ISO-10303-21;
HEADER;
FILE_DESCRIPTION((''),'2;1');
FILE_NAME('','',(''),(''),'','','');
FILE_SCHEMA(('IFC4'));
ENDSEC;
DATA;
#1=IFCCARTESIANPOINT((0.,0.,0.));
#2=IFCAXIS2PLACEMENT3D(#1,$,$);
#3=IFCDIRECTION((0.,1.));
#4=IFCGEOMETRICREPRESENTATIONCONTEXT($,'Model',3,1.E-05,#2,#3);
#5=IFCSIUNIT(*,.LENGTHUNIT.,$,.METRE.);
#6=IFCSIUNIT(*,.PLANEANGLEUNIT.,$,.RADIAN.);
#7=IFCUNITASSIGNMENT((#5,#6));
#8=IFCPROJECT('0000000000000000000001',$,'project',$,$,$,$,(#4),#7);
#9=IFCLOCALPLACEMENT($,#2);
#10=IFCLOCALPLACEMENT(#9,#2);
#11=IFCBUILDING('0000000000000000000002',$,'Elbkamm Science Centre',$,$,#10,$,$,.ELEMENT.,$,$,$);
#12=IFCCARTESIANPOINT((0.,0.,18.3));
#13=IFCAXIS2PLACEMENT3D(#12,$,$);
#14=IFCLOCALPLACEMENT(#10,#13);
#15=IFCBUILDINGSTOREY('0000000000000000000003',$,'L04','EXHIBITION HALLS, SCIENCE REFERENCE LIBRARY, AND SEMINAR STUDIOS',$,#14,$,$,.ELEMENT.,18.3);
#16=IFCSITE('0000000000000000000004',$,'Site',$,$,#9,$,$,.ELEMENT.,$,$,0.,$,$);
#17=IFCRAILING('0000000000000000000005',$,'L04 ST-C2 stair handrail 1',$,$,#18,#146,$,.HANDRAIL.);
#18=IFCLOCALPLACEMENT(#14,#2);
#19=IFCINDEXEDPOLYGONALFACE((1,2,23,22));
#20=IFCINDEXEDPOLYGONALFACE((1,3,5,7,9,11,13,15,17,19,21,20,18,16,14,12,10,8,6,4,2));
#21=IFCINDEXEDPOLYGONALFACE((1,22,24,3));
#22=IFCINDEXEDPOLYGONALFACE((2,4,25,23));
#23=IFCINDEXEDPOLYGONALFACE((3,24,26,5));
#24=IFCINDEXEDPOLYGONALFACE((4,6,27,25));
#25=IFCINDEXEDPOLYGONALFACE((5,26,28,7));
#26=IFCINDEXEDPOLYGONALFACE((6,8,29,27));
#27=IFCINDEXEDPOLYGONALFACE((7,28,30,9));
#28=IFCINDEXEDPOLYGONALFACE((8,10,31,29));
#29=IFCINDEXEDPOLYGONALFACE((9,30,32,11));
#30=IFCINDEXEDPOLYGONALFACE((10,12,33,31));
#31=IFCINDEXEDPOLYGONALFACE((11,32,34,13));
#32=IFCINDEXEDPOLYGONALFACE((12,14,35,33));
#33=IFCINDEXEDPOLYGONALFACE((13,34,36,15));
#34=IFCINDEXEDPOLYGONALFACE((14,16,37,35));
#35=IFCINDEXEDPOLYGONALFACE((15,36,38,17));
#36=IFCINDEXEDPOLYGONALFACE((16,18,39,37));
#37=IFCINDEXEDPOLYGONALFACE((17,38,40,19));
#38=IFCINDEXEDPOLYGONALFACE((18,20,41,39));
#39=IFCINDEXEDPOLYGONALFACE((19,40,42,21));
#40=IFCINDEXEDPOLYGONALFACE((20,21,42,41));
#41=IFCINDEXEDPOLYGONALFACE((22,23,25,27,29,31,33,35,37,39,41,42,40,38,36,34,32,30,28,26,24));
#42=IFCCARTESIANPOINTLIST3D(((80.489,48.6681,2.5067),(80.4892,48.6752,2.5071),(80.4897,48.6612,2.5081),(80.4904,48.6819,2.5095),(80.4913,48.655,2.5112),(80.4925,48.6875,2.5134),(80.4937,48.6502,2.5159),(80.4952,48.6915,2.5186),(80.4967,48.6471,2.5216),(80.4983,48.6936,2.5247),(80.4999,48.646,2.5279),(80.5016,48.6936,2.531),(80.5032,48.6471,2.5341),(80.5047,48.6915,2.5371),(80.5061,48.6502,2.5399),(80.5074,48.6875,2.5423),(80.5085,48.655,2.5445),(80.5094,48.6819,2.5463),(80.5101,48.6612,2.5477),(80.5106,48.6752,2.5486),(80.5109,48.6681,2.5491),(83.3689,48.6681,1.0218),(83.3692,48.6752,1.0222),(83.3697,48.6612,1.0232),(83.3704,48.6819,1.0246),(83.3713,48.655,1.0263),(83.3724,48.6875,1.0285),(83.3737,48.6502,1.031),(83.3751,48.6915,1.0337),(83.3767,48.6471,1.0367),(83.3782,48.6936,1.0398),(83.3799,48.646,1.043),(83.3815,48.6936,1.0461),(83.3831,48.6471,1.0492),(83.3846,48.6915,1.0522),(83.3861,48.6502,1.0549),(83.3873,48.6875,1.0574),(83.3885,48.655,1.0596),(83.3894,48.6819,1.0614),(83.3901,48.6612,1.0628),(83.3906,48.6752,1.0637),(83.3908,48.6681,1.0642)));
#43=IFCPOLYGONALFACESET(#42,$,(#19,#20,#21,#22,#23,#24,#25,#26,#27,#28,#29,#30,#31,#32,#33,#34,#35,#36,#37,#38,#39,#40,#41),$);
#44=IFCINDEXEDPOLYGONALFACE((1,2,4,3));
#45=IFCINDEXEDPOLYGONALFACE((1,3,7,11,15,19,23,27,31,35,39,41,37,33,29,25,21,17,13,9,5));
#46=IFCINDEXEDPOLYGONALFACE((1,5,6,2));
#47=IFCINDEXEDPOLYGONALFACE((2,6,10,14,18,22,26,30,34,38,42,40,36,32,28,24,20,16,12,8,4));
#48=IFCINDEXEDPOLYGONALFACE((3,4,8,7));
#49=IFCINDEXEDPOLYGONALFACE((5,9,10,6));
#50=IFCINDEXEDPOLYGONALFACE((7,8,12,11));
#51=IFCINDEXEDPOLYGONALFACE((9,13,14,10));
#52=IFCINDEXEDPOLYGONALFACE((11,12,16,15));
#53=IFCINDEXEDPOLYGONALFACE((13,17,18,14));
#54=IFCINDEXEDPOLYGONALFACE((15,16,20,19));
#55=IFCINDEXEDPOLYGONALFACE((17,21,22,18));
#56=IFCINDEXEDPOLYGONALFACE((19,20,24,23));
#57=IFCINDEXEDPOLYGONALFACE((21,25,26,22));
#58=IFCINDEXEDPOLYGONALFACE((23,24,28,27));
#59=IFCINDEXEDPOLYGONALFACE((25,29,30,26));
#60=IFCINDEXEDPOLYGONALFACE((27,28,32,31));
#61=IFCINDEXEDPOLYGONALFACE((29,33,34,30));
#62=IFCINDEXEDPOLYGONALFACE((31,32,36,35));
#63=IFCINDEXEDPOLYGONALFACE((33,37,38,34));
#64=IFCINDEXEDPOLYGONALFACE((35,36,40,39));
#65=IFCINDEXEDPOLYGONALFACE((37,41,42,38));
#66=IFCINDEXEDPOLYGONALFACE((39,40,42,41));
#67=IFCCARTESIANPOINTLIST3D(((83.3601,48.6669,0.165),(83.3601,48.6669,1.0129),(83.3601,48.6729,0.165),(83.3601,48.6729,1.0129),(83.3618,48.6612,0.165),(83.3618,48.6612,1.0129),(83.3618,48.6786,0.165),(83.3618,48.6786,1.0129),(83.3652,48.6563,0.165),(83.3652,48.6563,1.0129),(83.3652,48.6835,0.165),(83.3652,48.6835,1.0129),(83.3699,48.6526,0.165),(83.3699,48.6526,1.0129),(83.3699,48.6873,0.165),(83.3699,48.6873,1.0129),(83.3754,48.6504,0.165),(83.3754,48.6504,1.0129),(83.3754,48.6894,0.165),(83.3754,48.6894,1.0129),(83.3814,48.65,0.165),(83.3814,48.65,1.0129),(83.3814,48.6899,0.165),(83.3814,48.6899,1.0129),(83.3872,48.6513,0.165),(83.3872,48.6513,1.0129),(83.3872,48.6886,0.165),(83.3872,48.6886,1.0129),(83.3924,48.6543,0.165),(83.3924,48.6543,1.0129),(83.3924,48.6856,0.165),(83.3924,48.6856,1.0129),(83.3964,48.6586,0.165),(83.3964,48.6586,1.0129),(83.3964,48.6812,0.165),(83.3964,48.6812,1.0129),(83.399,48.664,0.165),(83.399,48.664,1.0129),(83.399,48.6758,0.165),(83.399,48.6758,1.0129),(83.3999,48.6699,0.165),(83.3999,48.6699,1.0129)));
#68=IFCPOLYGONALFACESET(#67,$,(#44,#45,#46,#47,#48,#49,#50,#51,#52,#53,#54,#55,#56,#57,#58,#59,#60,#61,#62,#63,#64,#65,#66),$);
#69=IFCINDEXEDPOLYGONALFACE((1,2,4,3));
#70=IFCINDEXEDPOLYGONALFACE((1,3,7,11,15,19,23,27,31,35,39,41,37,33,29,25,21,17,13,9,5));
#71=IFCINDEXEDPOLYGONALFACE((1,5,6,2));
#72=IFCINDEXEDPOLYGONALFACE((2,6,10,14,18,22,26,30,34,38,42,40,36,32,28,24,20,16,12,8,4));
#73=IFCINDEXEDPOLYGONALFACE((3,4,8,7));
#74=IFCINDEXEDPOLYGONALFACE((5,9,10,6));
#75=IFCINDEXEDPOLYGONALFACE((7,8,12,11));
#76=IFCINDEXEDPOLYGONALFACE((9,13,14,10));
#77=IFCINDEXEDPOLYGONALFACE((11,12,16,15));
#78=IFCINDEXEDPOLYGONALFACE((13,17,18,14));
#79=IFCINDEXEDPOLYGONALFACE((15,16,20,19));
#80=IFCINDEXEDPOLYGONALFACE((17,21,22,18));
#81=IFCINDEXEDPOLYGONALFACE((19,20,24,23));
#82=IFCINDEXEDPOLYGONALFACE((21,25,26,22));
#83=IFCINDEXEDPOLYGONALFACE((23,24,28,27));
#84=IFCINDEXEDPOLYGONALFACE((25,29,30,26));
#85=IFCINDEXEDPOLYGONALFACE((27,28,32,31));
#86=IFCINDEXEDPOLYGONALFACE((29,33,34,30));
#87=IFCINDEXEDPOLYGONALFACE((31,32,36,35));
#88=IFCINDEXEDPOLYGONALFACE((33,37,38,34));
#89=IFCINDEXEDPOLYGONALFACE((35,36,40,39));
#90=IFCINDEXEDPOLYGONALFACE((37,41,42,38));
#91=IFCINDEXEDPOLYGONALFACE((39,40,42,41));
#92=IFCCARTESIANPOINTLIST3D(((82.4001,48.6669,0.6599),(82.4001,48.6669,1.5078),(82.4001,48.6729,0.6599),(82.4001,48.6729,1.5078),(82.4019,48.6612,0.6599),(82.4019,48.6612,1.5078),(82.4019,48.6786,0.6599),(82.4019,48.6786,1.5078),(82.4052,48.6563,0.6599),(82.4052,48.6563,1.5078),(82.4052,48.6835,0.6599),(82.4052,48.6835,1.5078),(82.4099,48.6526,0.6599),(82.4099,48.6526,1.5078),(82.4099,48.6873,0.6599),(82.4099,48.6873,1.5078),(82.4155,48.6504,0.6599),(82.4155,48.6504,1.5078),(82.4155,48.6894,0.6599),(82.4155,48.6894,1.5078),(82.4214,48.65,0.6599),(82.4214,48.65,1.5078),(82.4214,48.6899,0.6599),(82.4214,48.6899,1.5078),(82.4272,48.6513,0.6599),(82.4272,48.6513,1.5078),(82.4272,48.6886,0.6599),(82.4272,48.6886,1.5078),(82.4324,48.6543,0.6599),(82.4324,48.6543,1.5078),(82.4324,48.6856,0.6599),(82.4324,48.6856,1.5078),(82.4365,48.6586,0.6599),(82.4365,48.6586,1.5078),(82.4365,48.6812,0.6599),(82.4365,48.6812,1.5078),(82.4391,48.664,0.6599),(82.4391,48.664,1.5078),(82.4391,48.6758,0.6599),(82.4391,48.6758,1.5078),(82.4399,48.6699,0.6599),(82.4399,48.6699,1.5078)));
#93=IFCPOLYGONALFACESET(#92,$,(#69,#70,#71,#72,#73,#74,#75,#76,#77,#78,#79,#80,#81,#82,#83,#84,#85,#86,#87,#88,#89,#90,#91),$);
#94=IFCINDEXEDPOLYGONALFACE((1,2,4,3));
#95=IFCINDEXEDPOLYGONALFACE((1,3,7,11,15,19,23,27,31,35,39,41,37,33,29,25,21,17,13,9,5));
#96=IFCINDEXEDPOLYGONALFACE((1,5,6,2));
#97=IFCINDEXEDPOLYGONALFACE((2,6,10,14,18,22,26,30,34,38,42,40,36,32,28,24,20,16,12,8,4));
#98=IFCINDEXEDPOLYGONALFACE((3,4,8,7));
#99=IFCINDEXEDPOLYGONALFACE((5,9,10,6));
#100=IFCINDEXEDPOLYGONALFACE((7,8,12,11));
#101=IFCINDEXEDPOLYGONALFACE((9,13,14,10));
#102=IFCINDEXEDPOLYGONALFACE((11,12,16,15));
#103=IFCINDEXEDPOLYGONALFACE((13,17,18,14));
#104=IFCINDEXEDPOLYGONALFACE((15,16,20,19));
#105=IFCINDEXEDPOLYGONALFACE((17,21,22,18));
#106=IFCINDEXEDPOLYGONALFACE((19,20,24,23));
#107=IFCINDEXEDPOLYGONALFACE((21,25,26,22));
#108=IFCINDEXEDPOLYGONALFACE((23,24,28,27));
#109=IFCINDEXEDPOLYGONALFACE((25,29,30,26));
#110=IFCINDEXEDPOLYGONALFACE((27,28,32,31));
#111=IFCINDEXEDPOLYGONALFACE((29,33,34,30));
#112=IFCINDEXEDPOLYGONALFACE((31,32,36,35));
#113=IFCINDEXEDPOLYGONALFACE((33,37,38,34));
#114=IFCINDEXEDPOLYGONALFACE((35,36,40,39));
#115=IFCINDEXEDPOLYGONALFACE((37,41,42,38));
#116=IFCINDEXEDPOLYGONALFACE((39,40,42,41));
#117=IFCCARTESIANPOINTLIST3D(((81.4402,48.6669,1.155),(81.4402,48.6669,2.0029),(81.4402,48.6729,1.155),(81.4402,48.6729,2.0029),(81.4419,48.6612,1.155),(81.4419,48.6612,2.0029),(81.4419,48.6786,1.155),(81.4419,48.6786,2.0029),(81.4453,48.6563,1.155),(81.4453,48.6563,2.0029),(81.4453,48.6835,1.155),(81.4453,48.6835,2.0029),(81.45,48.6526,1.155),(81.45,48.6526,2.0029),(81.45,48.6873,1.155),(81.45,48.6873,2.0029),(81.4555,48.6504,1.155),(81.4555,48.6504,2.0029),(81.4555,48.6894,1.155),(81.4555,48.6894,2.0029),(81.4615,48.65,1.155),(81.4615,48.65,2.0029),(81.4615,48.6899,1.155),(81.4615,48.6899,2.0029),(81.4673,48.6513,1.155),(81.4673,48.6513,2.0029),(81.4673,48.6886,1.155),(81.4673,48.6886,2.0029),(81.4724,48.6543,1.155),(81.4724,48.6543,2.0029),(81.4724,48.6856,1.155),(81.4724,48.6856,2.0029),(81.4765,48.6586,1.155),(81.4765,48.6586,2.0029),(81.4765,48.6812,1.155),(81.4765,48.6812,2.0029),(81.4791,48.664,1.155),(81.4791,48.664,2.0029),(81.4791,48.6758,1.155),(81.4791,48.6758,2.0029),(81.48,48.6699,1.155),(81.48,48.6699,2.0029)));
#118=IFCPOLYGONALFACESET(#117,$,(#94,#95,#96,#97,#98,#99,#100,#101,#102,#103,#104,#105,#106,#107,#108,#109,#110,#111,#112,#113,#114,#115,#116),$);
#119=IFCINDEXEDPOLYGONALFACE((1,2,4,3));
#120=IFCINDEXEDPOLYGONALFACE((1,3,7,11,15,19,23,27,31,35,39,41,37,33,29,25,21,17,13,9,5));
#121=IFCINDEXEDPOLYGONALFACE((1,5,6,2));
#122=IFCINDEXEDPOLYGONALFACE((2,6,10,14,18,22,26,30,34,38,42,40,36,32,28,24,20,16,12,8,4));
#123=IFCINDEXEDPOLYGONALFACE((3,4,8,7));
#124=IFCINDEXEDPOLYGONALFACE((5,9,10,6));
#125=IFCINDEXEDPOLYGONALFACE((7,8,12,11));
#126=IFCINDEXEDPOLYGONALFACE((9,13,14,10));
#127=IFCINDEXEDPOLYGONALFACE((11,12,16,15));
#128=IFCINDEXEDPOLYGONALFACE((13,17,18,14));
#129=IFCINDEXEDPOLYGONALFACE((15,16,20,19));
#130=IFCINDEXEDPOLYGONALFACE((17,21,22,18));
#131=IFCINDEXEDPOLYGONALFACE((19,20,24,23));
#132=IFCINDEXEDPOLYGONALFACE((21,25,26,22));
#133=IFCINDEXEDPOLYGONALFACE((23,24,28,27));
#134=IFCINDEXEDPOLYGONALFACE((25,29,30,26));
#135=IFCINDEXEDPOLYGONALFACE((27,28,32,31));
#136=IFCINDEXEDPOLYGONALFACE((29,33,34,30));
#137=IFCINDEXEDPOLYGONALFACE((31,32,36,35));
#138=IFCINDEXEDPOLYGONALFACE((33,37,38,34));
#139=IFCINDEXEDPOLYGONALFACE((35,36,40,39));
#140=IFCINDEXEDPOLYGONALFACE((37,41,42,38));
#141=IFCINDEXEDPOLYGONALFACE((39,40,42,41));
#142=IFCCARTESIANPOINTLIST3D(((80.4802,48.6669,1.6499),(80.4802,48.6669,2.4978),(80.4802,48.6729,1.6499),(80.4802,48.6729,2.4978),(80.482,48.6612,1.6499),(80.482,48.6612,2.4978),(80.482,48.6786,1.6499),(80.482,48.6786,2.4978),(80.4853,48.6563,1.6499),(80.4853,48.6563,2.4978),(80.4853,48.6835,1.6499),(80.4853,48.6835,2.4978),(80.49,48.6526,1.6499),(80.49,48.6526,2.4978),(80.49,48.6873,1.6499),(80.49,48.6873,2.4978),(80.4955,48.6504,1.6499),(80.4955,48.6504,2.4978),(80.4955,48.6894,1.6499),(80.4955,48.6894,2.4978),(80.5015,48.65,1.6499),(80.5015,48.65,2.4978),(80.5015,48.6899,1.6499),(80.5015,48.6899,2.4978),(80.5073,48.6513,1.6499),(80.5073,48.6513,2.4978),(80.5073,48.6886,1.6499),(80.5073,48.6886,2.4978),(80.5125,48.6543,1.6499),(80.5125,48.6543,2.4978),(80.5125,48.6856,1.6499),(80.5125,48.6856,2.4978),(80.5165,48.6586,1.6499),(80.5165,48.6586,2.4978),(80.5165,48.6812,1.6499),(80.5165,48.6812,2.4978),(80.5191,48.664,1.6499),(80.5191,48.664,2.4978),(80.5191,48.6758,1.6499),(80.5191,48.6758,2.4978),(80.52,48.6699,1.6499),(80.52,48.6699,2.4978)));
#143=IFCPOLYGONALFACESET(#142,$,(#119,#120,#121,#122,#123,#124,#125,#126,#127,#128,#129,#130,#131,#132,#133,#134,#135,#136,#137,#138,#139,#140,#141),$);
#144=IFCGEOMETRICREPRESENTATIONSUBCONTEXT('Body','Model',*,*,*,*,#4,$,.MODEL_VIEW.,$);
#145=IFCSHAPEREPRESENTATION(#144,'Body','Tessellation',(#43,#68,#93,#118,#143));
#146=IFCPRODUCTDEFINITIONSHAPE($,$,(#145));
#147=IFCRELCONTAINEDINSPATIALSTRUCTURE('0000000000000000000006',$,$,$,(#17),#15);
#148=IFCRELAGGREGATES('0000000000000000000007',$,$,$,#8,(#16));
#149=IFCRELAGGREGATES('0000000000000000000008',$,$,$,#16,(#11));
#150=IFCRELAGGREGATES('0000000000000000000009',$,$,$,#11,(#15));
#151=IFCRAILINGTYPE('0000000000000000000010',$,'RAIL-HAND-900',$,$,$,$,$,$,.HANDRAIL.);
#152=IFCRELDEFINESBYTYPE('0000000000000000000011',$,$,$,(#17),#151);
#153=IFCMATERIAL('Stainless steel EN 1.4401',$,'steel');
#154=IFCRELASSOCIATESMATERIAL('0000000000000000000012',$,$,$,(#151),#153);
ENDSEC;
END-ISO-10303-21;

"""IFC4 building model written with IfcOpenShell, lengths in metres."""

from ifc_helpers import new_model, si_unit, direction, frame, origin, origin_2d, place, context, subcontext, project, spatial, circle, extrude, material, type_object, element, save


model = new_model("IFC4")

# Units and contexts
model_context = context("Model", 3, precision=1e-05, world=origin(), true_north=direction((0.0, 1.0)))
body_context = subcontext(model_context, "Body", "Model", "MODEL_VIEW")
ifc_project = project(units=[si_unit("LENGTHUNIT", "METRE"), si_unit("PLANEANGLEUNIT", "RADIAN")], contexts=[model_context])

# Site, building, storey
site_placement = place(None, origin())
site = spatial("IfcSite", under=ifc_project, at=site_placement, Name="Site", CompositionType="ELEMENT", RefElevation=0.0)
building_placement = place(site_placement, origin())
building = spatial("IfcBuilding", under=site, at=building_placement, Name="Elbkamm Science Centre", CompositionType="ELEMENT")
storey_placement = place(building_placement, frame((0.0, 0.0, 18.3)))
storey = spatial("IfcBuildingStorey", under=building, at=storey_placement, Name="L04", Description="EXHIBITION HALLS, SCIENCE REFERENCE LIBRARY, AND SEMINAR STUDIOS", CompositionType="ELEMENT", Elevation=18.3)

# Railing
ifc_material_1 = material(Name="Stainless steel EN 1.4401", Category="steel")
railing_type_1 = type_object("IfcRailingType", Name="RAIL-HAND-900", PredefinedType="HANDRAIL", material=ifc_material_1)
railing_1_placement = place(storey_placement, frame((83.3799, 48.6699, 0.165)))
element("IfcRailing", 1, at=railing_1_placement, inside=storey, type_object=railing_type_1, Name="L04 ST-C2 stair handrail 1", PredefinedType="HANDRAIL", context=body_context, shape_type="SweptSolid", body=[
    extrude(circle(Radius=0.0239, at=origin_2d()), frame((0.0, 0.0, 0.8779), z_axis=(-0.888813, 0.0, 0.458271), x_axis=(0.0, -1.0, 0.0)), (0.0, 0.0, 1.0), 3.2402),
    extrude(circle(Radius=0.02, at=origin_2d()), origin(), (0.0, 0.0, 1.0), 0.8479),
    extrude(circle(Radius=0.02, at=origin_2d()), frame((-0.96, 0.0, 0.4949)), (0.0, 0.0, 1.0), 0.8479),
    extrude(circle(Radius=0.02, at=origin_2d()), frame((-1.9199, 0.0, 0.99)), (0.0, 0.0, 1.0), 0.8479),
    extrude(circle(Radius=0.02, at=origin_2d()), frame((-2.8799, 0.0, 1.4849)), (0.0, 0.0, 1.0), 0.8479),
])

save(model, "model.ifc")
